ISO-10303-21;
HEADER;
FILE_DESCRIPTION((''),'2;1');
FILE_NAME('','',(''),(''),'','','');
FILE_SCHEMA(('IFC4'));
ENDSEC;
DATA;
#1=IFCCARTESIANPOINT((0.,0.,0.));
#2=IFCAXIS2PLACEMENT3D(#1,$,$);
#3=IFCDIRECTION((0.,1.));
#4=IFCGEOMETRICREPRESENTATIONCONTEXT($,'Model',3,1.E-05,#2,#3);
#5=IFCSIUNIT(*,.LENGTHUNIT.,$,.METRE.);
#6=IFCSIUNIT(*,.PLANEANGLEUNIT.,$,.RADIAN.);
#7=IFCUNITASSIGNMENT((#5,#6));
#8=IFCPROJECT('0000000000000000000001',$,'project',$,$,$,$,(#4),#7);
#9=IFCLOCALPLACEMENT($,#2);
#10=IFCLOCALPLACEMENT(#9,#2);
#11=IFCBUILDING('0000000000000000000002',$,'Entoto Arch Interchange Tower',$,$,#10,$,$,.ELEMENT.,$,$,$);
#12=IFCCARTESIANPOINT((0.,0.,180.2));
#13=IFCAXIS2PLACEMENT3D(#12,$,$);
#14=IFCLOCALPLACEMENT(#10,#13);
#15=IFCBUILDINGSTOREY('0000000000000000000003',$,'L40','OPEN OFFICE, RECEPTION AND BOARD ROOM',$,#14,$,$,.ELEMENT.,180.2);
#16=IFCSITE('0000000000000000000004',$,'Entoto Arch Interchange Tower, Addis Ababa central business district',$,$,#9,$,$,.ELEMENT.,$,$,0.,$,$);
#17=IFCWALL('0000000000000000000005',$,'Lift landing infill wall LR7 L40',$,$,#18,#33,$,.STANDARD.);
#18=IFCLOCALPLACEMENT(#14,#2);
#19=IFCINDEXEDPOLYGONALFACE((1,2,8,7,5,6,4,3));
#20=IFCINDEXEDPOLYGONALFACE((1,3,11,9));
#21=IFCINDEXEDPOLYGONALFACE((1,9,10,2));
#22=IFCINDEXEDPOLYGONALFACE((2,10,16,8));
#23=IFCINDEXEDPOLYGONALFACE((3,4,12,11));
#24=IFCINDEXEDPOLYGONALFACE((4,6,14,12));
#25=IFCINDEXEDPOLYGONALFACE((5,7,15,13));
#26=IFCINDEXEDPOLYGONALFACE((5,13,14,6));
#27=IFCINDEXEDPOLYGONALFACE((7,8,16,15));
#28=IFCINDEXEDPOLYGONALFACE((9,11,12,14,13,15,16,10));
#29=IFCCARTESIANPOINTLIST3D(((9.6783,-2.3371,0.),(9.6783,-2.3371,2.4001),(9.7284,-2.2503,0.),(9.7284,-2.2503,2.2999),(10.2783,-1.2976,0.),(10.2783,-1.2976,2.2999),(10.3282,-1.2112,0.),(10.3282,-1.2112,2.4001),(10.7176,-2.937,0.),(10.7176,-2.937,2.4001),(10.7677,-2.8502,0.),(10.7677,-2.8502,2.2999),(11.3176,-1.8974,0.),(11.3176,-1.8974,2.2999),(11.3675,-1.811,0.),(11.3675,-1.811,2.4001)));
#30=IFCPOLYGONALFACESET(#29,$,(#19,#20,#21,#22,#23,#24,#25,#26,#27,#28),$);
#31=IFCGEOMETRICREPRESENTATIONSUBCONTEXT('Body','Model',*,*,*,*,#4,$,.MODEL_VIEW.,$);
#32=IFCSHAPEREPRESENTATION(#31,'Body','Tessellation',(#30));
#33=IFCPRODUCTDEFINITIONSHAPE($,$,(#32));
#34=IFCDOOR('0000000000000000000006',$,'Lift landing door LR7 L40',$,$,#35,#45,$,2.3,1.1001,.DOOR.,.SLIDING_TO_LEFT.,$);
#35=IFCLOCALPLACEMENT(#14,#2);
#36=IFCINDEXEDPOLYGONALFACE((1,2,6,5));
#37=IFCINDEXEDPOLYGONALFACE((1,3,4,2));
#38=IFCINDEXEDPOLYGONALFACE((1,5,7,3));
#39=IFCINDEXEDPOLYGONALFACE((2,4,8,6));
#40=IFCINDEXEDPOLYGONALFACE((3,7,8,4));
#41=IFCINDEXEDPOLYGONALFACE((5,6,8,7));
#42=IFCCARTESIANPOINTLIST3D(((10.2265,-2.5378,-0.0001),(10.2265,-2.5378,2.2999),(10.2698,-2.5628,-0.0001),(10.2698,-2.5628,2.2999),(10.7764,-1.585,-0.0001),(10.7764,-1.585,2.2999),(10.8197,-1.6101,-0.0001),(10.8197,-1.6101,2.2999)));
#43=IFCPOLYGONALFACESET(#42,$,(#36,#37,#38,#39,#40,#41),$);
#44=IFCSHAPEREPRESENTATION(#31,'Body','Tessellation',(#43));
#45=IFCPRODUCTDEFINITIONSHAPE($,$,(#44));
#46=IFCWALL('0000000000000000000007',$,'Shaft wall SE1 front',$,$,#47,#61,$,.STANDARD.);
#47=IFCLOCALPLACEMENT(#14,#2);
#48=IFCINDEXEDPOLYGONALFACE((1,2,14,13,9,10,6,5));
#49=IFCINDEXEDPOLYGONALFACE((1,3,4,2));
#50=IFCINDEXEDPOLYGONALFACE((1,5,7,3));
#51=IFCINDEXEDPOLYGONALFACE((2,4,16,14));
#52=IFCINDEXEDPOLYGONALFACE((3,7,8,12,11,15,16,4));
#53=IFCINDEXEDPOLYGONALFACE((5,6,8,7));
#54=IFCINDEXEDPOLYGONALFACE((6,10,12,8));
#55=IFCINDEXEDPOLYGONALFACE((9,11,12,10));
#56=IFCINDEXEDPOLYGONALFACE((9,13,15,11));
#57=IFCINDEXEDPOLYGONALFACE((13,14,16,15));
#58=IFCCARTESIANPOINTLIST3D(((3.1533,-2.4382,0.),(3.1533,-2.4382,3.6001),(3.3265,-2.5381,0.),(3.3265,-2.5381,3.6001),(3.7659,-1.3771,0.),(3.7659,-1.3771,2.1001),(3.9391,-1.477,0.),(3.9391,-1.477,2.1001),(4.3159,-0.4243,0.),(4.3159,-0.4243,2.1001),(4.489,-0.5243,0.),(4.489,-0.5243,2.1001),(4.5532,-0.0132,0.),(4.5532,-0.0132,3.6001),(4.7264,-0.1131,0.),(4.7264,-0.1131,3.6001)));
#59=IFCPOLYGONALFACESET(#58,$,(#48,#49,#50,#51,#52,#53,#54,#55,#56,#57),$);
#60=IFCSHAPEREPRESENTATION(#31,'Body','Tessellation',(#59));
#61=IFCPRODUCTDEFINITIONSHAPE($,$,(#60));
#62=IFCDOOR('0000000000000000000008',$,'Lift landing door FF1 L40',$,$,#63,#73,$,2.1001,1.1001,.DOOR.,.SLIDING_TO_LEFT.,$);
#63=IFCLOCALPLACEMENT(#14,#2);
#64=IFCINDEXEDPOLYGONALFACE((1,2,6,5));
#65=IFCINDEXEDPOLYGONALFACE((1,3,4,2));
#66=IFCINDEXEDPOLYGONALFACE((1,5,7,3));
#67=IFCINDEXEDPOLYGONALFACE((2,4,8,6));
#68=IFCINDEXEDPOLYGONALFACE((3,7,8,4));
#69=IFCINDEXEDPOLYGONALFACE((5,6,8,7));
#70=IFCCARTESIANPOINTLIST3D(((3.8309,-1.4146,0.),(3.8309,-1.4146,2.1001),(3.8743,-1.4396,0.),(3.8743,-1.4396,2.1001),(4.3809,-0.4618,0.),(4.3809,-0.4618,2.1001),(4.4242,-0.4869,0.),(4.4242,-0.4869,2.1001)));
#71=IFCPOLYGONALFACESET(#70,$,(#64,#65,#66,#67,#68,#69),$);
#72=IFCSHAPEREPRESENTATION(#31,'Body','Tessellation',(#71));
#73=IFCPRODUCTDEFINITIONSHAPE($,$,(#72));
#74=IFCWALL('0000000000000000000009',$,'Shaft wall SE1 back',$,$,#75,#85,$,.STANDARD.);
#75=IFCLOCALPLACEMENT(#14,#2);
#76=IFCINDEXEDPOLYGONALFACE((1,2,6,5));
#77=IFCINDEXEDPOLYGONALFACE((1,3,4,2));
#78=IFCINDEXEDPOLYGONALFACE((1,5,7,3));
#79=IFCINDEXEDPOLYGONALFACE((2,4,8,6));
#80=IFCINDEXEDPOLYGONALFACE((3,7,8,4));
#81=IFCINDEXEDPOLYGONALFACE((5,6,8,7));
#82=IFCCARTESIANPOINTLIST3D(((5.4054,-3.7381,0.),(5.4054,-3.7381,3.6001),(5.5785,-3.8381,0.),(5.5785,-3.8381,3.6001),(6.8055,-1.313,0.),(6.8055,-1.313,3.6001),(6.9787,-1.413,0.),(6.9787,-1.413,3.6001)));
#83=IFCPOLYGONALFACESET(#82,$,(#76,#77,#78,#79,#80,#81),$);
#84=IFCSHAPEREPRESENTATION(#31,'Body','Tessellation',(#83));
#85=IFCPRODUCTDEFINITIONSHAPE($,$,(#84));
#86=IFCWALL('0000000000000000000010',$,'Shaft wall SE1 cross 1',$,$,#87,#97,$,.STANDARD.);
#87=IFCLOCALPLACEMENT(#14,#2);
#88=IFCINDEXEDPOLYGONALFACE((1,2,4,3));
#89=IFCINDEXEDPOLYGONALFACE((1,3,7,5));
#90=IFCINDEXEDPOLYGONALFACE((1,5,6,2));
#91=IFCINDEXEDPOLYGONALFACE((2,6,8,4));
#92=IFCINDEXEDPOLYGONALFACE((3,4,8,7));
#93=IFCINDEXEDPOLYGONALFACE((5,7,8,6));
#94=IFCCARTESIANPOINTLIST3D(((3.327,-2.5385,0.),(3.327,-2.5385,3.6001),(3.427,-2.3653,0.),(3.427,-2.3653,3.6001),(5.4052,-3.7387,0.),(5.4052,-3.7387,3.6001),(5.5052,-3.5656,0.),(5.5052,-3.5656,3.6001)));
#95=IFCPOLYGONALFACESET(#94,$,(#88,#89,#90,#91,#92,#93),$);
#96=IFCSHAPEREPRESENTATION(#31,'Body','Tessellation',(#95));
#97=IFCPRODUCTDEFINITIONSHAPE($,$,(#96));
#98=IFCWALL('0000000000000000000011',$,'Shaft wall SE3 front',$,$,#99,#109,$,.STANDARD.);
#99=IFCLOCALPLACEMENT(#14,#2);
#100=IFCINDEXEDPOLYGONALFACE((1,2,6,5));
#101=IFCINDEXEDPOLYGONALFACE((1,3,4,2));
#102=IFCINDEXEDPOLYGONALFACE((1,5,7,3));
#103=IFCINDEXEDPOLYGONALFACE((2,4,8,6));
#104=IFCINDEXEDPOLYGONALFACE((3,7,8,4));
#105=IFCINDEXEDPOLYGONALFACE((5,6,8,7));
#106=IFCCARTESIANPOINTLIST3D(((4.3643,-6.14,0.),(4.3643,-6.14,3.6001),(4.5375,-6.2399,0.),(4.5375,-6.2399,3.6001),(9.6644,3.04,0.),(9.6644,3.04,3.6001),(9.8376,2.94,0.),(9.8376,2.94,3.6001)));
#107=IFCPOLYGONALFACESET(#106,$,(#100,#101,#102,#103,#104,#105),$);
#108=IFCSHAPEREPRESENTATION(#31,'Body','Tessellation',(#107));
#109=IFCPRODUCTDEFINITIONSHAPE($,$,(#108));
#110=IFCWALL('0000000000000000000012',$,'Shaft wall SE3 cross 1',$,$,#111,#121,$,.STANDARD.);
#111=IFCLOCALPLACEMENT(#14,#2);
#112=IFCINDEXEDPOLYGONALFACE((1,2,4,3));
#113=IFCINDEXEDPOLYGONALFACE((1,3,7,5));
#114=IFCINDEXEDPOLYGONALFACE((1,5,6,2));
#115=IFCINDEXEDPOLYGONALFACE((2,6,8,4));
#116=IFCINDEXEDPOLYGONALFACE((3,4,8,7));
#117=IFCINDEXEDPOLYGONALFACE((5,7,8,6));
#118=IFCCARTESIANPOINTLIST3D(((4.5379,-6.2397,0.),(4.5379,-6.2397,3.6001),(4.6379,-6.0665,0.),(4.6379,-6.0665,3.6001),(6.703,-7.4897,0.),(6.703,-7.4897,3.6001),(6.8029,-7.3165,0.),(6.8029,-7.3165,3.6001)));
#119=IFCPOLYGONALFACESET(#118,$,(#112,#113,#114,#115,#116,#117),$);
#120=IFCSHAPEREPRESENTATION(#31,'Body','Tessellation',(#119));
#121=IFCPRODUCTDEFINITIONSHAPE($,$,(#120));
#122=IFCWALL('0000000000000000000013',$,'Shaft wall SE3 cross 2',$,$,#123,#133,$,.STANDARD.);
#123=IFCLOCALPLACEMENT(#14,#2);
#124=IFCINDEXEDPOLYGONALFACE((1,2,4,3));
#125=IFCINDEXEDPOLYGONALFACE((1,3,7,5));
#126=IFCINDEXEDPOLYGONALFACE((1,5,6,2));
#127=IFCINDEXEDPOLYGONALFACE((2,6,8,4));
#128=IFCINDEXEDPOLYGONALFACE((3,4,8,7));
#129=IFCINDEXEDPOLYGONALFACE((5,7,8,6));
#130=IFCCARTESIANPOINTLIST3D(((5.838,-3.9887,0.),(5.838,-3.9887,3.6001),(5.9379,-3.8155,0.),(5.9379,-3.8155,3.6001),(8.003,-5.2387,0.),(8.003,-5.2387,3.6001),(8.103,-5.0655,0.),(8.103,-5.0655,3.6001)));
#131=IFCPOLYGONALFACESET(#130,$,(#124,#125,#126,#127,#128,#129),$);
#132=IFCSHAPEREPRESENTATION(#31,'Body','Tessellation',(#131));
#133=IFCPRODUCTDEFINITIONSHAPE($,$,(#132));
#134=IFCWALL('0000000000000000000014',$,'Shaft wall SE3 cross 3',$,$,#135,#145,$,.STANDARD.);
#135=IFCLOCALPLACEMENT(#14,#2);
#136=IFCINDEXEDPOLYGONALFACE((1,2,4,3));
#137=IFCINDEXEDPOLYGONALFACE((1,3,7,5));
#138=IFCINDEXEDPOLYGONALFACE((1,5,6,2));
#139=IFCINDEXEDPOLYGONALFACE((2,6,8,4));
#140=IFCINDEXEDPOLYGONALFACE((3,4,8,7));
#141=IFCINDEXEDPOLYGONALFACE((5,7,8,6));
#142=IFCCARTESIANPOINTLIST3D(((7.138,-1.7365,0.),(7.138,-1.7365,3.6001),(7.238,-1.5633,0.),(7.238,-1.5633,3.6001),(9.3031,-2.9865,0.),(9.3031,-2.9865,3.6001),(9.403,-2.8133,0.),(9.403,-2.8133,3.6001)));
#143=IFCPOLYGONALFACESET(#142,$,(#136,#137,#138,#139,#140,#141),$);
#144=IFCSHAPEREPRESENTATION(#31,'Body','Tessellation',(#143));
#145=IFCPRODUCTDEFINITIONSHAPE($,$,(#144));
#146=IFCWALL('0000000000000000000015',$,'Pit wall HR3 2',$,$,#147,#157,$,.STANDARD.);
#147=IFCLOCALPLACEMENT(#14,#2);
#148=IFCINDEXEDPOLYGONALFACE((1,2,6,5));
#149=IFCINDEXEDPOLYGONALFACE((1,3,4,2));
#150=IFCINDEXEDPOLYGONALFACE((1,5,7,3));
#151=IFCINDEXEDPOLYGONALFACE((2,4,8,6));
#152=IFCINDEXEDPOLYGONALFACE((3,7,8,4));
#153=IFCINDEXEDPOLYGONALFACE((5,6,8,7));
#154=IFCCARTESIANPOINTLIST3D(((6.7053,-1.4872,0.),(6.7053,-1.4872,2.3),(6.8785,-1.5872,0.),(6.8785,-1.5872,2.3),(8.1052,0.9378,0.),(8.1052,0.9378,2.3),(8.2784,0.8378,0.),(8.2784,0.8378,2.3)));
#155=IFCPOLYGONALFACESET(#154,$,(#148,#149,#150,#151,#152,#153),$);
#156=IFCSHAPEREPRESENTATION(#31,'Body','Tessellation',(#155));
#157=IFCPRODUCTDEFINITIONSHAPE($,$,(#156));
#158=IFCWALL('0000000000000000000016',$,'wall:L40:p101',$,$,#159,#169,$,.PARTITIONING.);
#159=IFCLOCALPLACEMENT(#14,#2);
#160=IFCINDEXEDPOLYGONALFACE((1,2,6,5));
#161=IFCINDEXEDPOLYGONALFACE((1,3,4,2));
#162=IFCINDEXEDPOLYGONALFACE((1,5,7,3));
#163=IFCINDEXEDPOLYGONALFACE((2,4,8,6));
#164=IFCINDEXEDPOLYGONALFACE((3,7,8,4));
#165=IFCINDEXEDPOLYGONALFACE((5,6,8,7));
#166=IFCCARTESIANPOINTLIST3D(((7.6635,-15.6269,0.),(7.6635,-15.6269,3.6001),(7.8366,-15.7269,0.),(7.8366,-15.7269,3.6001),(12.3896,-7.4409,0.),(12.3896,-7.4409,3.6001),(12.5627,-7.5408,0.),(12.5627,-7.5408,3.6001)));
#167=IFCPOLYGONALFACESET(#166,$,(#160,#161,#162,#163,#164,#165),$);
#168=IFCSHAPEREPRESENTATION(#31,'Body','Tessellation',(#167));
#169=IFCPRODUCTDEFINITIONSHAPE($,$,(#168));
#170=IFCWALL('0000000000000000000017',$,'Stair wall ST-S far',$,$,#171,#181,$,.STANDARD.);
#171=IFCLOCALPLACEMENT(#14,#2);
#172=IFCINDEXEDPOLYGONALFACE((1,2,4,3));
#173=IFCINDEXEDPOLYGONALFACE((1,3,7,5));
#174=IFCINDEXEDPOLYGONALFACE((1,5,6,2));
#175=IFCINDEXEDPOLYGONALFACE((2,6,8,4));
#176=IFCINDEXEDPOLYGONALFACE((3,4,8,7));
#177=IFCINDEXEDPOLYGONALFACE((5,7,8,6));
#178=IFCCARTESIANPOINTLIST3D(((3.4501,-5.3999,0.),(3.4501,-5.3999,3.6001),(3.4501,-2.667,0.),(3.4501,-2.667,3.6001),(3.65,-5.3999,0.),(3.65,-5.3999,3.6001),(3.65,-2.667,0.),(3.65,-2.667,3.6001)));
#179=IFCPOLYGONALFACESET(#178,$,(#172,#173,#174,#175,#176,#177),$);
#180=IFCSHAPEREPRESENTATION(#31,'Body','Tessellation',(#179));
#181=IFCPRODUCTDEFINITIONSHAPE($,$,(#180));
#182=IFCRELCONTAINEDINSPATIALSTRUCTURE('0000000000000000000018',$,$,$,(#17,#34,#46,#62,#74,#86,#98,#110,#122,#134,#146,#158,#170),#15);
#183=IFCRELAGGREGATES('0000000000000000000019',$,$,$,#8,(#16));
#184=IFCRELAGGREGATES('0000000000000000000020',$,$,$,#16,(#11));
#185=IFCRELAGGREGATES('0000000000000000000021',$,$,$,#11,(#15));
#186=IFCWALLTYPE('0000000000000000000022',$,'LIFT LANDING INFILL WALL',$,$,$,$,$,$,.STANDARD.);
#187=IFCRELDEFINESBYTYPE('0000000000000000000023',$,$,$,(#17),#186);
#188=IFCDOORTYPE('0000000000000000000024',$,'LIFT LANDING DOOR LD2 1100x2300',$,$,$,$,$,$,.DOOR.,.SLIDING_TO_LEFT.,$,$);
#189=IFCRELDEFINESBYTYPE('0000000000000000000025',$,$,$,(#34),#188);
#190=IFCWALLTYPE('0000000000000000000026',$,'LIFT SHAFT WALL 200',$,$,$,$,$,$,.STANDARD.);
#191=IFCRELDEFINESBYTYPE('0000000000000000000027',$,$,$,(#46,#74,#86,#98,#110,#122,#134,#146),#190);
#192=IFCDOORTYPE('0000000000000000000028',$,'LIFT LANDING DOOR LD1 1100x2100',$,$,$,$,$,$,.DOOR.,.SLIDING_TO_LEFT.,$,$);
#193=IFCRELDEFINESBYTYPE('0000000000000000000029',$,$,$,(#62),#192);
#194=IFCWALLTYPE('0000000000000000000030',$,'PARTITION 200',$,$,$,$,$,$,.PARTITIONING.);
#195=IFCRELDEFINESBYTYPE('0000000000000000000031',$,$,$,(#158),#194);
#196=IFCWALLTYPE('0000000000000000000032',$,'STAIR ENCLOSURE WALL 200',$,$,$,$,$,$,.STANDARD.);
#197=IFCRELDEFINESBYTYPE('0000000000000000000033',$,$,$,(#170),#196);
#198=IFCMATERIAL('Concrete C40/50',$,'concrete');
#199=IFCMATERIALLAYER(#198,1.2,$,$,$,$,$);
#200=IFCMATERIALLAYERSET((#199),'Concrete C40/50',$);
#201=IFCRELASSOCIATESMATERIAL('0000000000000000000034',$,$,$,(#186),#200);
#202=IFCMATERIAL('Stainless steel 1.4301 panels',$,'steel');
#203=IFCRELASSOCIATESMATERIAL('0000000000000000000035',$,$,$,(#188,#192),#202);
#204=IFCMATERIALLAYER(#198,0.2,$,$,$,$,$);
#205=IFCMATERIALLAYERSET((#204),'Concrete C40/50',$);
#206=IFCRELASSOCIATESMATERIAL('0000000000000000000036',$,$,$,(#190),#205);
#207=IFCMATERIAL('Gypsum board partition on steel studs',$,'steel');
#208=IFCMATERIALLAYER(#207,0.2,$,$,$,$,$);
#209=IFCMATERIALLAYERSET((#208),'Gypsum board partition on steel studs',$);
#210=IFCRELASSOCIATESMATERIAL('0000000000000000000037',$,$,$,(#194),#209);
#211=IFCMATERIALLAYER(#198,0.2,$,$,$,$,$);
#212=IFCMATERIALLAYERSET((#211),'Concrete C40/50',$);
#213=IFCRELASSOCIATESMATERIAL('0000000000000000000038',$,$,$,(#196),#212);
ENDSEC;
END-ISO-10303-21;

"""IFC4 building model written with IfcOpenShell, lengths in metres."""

from ifc_helpers import new_model, si_unit, direction, frame, frame_2d, origin, place, context, subcontext, project, spatial, rectangle, extrude, material, layer, layer_set, type_object, element, fill, save


model = new_model("IFC4")

# Units and contexts
model_context = context("Model", 3, precision=1e-05, world=origin(), true_north=direction((0.0, 1.0)))
body_context = subcontext(model_context, "Body", "Model", "MODEL_VIEW")
ifc_project = project(units=[si_unit("LENGTHUNIT", "METRE"), si_unit("PLANEANGLEUNIT", "RADIAN")], contexts=[model_context])

# Site, building, storey
site_placement = place(None, origin())
site = spatial("IfcSite", under=ifc_project, at=site_placement, Name="Entoto Arch Interchange Tower, Addis Ababa central business district", CompositionType="ELEMENT", RefElevation=0.0)
building_placement = place(site_placement, origin())
building = spatial("IfcBuilding", under=site, at=building_placement, Name="Entoto Arch Interchange Tower", CompositionType="ELEMENT")
storey_placement = place(building_placement, frame((0.0, 0.0, 180.2)))
storey = spatial("IfcBuildingStorey", under=building, at=storey_placement, Name="L40", Description="OPEN OFFICE, RECEPTION AND BOARD ROOM", CompositionType="ELEMENT", Elevation=180.2)

# Walls, openings, doors
ifc_material_1 = material(Name="Concrete C40/50", Category="concrete")
ifc_layer_1 = layer(ifc_material_1, 1.2)
ifc_layer_set_1 = layer_set([ifc_layer_1], Name="Concrete C40/50")
wall_type_1 = type_object("IfcWallType", Name="LIFT LANDING INFILL WALL", PredefinedType="STANDARD", material=ifc_layer_set_1)
ifc_material_2 = material(Name="Stainless steel 1.4301 panels", Category="steel")
door_type_1 = type_object("IfcDoorType", Name="LIFT LANDING DOOR LD2 1100x2300", OperationType="SLIDING_TO_LEFT", PredefinedType="DOOR", material=ifc_material_2)
wall_1_placement = place(storey_placement, frame((10.198, -2.637, 0.0), z_axis=(0.0, 0.0, 1.0), x_axis=(0.499896, 0.866086, 0.0)))
wall_1 = element("IfcWall", 1, at=wall_1_placement, inside=storey, type_object=wall_type_1, Name="Lift landing infill wall LR7 L40", PredefinedType="STANDARD", context=body_context, shape_type="SweptSolid", body=[
    extrude(rectangle(XDim=1.3, YDim=1.2, at=frame_2d((0.6499, 0.0))), origin(), (0.0, 0.0, 1.0), 2.4001),
])
opening_1_placement = place(wall_1_placement, frame((0.1001, 0.0, 0.0)))
opening_1 = element("IfcOpeningElement", 2, at=opening_1_placement, cuts=wall_1, PredefinedType="OPENING", context=body_context, shape_type="SweptSolid", body=[
    extrude(rectangle(XDim=1.1001, YDim=2.3, at=frame_2d((0.55, 1.1499))), frame((0.0, 0.6099, 0.0), z_axis=(0.0, -1.0, 0.0), x_axis=(1.0, 0.0, 0.0)), (0.0, 0.0, 1.0), 1.22),
])
door_1_placement = place(opening_1_placement, origin())
door_1 = element("IfcDoor", 3, at=door_1_placement, inside=storey, type_object=door_type_1, Name="Lift landing door LR7 L40", OperationType="SLIDING_TO_LEFT", OverallHeight=2.3, OverallWidth=1.1001, PredefinedType="DOOR", context=body_context, shape_type="SweptSolid", body=[
    extrude(rectangle(XDim=1.1001, YDim=2.3, at=frame_2d((0.55, 1.1499))), frame((0.0, 0.0249, 0.0), z_axis=(0.0, -1.0, 0.0), x_axis=(1.0, 0.0, 0.0)), (0.0, 0.0, 1.0), 0.05),
])
fill(opening_1, door_1)
ifc_layer_2 = layer(ifc_material_1, 0.2)
ifc_layer_set_2 = layer_set([ifc_layer_2], Name="Concrete C40/50")
wall_type_2 = type_object("IfcWallType", Name="LIFT SHAFT WALL 200", PredefinedType="STANDARD", material=ifc_layer_set_2)
wall_2_placement = place(storey_placement, frame((3.24, -2.488, 0.0), z_axis=(0.0, 0.0, 1.0), x_axis=(0.499946, 0.866056, 0.0)))
wall_2 = element("IfcWall", 4, at=wall_2_placement, inside=storey, type_object=wall_type_2, Name="Shaft wall SE1 front", PredefinedType="STANDARD", context=body_context, shape_type="SweptSolid", body=[
    extrude(rectangle(XDim=2.8, YDim=0.2, at=frame_2d((1.3999, 0.0))), origin(), (0.0, 0.0, 1.0), 3.6001),
])
opening_2_placement = place(wall_2_placement, frame((1.2251, 0.0, 0.0)))
opening_2 = element("IfcOpeningElement", 5, at=opening_2_placement, cuts=wall_2, PredefinedType="OPENING", context=body_context, shape_type="SweptSolid", body=[
    extrude(rectangle(XDim=1.1001, YDim=2.1001, at=frame_2d((0.55, 1.05))), frame((0.0, 0.1099, 0.0), z_axis=(0.0, -1.0, 0.0), x_axis=(1.0, 0.0, 0.0)), (0.0, 0.0, 1.0), 0.22),
])
door_type_2 = type_object("IfcDoorType", Name="LIFT LANDING DOOR LD1 1100x2100", OperationType="SLIDING_TO_LEFT", PredefinedType="DOOR", material=ifc_material_2)
door_2_placement = place(opening_2_placement, origin())
door_2 = element("IfcDoor", 6, at=door_2_placement, inside=storey, type_object=door_type_2, Name="Lift landing door FF1 L40", OperationType="SLIDING_TO_LEFT", OverallHeight=2.1001, OverallWidth=1.1001, PredefinedType="DOOR", context=body_context, shape_type="SweptSolid", body=[
    extrude(rectangle(XDim=1.1001, YDim=2.1001, at=frame_2d((0.55, 1.05))), frame((0.0, 0.0249, 0.0), z_axis=(0.0, -1.0, 0.0), x_axis=(1.0, 0.0, 0.0)), (0.0, 0.0, 1.0), 0.05),
])
fill(opening_2, door_2)

# Walls
wall_3_placement = place(storey_placement, frame((5.4919, -3.7881, 0.0), z_axis=(0.0, 0.0, 1.0), x_axis=(0.500012, 0.866019, 0.0)))
element("IfcWall", 7, at=wall_3_placement, inside=storey, type_object=wall_type_2, Name="Shaft wall SE1 back", PredefinedType="STANDARD", context=body_context, shape_type="SweptSolid", body=[
    extrude(rectangle(XDim=2.8003, YDim=0.2, at=frame_2d((1.4001, 0.0))), origin(), (0.0, 0.0, 1.0), 3.6001),
])
wall_4_placement = place(storey_placement, frame((3.377, -2.4519, 0.0), z_axis=(0.0, 0.0, 1.0), x_axis=(0.865955, -0.500122, 0.0)))
element("IfcWall", 8, at=wall_4_placement, inside=storey, type_object=wall_type_2, Name="Shaft wall SE1 cross 1", PredefinedType="STANDARD", context=body_context, shape_type="SweptSolid", body=[
    extrude(rectangle(XDim=2.3999, YDim=0.2, at=frame_2d((1.2, 0.0))), origin(), (0.0, 0.0, 1.0), 3.6001),
])
wall_5_placement = place(storey_placement, frame((4.4509, -6.1899, 0.0), z_axis=(0.0, 0.0, 1.0), x_axis=(0.500001, 0.866025, 0.0)))
element("IfcWall", 9, at=wall_5_placement, inside=storey, type_object=wall_type_2, Name="Shaft wall SE3 front", PredefinedType="STANDARD", context=body_context, shape_type="SweptSolid", body=[
    extrude(rectangle(XDim=10.6001, YDim=0.2, at=frame_2d((5.3, 0.0))), origin(), (0.0, 0.0, 1.0), 3.6001),
])
for number, where, z_axis, x_axis, name in (
    (10, (4.5879, -6.1531, 0.0), (0.0, 0.0, 1.0), (0.866023, -0.500004, 0.0), "Shaft wall SE3 cross 1"),
    (11, (5.8879, -3.9021, 0.0), (0.0, 0.0, 1.0), (0.866023, -0.500004, 0.0), "Shaft wall SE3 cross 2"),
    (12, (7.188, -1.6499, 0.0), (0.0, 0.0, 1.0), (0.866023, -0.500004, 0.0), "Shaft wall SE3 cross 3"),
):
    element("IfcWall", number, at=place(storey_placement, frame(where, z_axis=z_axis, x_axis=x_axis)), inside=storey, type_object=wall_type_2, Name=name, PredefinedType="STANDARD", context=body_context, shape_type="SweptSolid", body=[
        extrude(rectangle(XDim=2.5, YDim=0.2, at=frame_2d((1.25, 0.0))), origin(), (0.0, 0.0, 1.0), 3.6001),
    ])
wall_6_placement = place(storey_placement, frame((6.792, -1.5371, 0.0), z_axis=(0.0, 0.0, 1.0), x_axis=(0.499946, 0.866056, 0.0)))
element("IfcWall", 13, at=wall_6_placement, inside=storey, type_object=wall_type_2, Name="Pit wall HR3 2", PredefinedType="STANDARD", context=body_context, shape_type="SweptSolid", body=[
    extrude(rectangle(XDim=2.8, YDim=0.2, at=frame_2d((1.3999, 0.0))), origin(), (0.0, 0.0, 1.0), 2.3),
])
ifc_material_3 = material(Name="Gypsum board partition on steel studs", Category="steel")
ifc_layer_3 = layer(ifc_material_3, 0.2)
ifc_layer_set_3 = layer_set([ifc_layer_3], Name="Gypsum board partition on steel studs")
wall_type_3 = type_object("IfcWallType", Name="PARTITION 200", PredefinedType="PARTITIONING", material=ifc_layer_set_3)
wall_7_placement = place(storey_placement, frame((12.4761, -7.491, 0.0), z_axis=(0.0, 0.0, 1.0), x_axis=(-0.499989, -0.866032, 0.0)))
element("IfcWall", 14, at=wall_7_placement, inside=storey, type_object=wall_type_3, Name="wall:L40:p101", PredefinedType="PARTITIONING", context=body_context, shape_type="SweptSolid", body=[
    extrude(rectangle(XDim=9.4524, YDim=0.2, at=frame_2d((4.7261, 0.0))), origin(), (0.0, 0.0, 1.0), 3.6001),
])
ifc_layer_4 = layer(ifc_material_1, 0.2)
ifc_layer_set_4 = layer_set([ifc_layer_4], Name="Concrete C40/50")
wall_type_4 = type_object("IfcWallType", Name="STAIR ENCLOSURE WALL 200", PredefinedType="STANDARD", material=ifc_layer_set_4)
wall_8_placement = place(storey_placement, frame((3.55, -2.667, 0.0), z_axis=(0.0, 0.0, 1.0), x_axis=(0.0, -1.0, 0.0)))
element("IfcWall", 15, at=wall_8_placement, inside=storey, type_object=wall_type_4, Name="Stair wall ST-S far", PredefinedType="STANDARD", context=body_context, shape_type="SweptSolid", body=[
    extrude(rectangle(XDim=2.7329, YDim=0.2, at=frame_2d((1.3665, 0.0))), origin(), (0.0, 0.0, 1.0), 3.6001),
])

save(model, "model.ifc")
